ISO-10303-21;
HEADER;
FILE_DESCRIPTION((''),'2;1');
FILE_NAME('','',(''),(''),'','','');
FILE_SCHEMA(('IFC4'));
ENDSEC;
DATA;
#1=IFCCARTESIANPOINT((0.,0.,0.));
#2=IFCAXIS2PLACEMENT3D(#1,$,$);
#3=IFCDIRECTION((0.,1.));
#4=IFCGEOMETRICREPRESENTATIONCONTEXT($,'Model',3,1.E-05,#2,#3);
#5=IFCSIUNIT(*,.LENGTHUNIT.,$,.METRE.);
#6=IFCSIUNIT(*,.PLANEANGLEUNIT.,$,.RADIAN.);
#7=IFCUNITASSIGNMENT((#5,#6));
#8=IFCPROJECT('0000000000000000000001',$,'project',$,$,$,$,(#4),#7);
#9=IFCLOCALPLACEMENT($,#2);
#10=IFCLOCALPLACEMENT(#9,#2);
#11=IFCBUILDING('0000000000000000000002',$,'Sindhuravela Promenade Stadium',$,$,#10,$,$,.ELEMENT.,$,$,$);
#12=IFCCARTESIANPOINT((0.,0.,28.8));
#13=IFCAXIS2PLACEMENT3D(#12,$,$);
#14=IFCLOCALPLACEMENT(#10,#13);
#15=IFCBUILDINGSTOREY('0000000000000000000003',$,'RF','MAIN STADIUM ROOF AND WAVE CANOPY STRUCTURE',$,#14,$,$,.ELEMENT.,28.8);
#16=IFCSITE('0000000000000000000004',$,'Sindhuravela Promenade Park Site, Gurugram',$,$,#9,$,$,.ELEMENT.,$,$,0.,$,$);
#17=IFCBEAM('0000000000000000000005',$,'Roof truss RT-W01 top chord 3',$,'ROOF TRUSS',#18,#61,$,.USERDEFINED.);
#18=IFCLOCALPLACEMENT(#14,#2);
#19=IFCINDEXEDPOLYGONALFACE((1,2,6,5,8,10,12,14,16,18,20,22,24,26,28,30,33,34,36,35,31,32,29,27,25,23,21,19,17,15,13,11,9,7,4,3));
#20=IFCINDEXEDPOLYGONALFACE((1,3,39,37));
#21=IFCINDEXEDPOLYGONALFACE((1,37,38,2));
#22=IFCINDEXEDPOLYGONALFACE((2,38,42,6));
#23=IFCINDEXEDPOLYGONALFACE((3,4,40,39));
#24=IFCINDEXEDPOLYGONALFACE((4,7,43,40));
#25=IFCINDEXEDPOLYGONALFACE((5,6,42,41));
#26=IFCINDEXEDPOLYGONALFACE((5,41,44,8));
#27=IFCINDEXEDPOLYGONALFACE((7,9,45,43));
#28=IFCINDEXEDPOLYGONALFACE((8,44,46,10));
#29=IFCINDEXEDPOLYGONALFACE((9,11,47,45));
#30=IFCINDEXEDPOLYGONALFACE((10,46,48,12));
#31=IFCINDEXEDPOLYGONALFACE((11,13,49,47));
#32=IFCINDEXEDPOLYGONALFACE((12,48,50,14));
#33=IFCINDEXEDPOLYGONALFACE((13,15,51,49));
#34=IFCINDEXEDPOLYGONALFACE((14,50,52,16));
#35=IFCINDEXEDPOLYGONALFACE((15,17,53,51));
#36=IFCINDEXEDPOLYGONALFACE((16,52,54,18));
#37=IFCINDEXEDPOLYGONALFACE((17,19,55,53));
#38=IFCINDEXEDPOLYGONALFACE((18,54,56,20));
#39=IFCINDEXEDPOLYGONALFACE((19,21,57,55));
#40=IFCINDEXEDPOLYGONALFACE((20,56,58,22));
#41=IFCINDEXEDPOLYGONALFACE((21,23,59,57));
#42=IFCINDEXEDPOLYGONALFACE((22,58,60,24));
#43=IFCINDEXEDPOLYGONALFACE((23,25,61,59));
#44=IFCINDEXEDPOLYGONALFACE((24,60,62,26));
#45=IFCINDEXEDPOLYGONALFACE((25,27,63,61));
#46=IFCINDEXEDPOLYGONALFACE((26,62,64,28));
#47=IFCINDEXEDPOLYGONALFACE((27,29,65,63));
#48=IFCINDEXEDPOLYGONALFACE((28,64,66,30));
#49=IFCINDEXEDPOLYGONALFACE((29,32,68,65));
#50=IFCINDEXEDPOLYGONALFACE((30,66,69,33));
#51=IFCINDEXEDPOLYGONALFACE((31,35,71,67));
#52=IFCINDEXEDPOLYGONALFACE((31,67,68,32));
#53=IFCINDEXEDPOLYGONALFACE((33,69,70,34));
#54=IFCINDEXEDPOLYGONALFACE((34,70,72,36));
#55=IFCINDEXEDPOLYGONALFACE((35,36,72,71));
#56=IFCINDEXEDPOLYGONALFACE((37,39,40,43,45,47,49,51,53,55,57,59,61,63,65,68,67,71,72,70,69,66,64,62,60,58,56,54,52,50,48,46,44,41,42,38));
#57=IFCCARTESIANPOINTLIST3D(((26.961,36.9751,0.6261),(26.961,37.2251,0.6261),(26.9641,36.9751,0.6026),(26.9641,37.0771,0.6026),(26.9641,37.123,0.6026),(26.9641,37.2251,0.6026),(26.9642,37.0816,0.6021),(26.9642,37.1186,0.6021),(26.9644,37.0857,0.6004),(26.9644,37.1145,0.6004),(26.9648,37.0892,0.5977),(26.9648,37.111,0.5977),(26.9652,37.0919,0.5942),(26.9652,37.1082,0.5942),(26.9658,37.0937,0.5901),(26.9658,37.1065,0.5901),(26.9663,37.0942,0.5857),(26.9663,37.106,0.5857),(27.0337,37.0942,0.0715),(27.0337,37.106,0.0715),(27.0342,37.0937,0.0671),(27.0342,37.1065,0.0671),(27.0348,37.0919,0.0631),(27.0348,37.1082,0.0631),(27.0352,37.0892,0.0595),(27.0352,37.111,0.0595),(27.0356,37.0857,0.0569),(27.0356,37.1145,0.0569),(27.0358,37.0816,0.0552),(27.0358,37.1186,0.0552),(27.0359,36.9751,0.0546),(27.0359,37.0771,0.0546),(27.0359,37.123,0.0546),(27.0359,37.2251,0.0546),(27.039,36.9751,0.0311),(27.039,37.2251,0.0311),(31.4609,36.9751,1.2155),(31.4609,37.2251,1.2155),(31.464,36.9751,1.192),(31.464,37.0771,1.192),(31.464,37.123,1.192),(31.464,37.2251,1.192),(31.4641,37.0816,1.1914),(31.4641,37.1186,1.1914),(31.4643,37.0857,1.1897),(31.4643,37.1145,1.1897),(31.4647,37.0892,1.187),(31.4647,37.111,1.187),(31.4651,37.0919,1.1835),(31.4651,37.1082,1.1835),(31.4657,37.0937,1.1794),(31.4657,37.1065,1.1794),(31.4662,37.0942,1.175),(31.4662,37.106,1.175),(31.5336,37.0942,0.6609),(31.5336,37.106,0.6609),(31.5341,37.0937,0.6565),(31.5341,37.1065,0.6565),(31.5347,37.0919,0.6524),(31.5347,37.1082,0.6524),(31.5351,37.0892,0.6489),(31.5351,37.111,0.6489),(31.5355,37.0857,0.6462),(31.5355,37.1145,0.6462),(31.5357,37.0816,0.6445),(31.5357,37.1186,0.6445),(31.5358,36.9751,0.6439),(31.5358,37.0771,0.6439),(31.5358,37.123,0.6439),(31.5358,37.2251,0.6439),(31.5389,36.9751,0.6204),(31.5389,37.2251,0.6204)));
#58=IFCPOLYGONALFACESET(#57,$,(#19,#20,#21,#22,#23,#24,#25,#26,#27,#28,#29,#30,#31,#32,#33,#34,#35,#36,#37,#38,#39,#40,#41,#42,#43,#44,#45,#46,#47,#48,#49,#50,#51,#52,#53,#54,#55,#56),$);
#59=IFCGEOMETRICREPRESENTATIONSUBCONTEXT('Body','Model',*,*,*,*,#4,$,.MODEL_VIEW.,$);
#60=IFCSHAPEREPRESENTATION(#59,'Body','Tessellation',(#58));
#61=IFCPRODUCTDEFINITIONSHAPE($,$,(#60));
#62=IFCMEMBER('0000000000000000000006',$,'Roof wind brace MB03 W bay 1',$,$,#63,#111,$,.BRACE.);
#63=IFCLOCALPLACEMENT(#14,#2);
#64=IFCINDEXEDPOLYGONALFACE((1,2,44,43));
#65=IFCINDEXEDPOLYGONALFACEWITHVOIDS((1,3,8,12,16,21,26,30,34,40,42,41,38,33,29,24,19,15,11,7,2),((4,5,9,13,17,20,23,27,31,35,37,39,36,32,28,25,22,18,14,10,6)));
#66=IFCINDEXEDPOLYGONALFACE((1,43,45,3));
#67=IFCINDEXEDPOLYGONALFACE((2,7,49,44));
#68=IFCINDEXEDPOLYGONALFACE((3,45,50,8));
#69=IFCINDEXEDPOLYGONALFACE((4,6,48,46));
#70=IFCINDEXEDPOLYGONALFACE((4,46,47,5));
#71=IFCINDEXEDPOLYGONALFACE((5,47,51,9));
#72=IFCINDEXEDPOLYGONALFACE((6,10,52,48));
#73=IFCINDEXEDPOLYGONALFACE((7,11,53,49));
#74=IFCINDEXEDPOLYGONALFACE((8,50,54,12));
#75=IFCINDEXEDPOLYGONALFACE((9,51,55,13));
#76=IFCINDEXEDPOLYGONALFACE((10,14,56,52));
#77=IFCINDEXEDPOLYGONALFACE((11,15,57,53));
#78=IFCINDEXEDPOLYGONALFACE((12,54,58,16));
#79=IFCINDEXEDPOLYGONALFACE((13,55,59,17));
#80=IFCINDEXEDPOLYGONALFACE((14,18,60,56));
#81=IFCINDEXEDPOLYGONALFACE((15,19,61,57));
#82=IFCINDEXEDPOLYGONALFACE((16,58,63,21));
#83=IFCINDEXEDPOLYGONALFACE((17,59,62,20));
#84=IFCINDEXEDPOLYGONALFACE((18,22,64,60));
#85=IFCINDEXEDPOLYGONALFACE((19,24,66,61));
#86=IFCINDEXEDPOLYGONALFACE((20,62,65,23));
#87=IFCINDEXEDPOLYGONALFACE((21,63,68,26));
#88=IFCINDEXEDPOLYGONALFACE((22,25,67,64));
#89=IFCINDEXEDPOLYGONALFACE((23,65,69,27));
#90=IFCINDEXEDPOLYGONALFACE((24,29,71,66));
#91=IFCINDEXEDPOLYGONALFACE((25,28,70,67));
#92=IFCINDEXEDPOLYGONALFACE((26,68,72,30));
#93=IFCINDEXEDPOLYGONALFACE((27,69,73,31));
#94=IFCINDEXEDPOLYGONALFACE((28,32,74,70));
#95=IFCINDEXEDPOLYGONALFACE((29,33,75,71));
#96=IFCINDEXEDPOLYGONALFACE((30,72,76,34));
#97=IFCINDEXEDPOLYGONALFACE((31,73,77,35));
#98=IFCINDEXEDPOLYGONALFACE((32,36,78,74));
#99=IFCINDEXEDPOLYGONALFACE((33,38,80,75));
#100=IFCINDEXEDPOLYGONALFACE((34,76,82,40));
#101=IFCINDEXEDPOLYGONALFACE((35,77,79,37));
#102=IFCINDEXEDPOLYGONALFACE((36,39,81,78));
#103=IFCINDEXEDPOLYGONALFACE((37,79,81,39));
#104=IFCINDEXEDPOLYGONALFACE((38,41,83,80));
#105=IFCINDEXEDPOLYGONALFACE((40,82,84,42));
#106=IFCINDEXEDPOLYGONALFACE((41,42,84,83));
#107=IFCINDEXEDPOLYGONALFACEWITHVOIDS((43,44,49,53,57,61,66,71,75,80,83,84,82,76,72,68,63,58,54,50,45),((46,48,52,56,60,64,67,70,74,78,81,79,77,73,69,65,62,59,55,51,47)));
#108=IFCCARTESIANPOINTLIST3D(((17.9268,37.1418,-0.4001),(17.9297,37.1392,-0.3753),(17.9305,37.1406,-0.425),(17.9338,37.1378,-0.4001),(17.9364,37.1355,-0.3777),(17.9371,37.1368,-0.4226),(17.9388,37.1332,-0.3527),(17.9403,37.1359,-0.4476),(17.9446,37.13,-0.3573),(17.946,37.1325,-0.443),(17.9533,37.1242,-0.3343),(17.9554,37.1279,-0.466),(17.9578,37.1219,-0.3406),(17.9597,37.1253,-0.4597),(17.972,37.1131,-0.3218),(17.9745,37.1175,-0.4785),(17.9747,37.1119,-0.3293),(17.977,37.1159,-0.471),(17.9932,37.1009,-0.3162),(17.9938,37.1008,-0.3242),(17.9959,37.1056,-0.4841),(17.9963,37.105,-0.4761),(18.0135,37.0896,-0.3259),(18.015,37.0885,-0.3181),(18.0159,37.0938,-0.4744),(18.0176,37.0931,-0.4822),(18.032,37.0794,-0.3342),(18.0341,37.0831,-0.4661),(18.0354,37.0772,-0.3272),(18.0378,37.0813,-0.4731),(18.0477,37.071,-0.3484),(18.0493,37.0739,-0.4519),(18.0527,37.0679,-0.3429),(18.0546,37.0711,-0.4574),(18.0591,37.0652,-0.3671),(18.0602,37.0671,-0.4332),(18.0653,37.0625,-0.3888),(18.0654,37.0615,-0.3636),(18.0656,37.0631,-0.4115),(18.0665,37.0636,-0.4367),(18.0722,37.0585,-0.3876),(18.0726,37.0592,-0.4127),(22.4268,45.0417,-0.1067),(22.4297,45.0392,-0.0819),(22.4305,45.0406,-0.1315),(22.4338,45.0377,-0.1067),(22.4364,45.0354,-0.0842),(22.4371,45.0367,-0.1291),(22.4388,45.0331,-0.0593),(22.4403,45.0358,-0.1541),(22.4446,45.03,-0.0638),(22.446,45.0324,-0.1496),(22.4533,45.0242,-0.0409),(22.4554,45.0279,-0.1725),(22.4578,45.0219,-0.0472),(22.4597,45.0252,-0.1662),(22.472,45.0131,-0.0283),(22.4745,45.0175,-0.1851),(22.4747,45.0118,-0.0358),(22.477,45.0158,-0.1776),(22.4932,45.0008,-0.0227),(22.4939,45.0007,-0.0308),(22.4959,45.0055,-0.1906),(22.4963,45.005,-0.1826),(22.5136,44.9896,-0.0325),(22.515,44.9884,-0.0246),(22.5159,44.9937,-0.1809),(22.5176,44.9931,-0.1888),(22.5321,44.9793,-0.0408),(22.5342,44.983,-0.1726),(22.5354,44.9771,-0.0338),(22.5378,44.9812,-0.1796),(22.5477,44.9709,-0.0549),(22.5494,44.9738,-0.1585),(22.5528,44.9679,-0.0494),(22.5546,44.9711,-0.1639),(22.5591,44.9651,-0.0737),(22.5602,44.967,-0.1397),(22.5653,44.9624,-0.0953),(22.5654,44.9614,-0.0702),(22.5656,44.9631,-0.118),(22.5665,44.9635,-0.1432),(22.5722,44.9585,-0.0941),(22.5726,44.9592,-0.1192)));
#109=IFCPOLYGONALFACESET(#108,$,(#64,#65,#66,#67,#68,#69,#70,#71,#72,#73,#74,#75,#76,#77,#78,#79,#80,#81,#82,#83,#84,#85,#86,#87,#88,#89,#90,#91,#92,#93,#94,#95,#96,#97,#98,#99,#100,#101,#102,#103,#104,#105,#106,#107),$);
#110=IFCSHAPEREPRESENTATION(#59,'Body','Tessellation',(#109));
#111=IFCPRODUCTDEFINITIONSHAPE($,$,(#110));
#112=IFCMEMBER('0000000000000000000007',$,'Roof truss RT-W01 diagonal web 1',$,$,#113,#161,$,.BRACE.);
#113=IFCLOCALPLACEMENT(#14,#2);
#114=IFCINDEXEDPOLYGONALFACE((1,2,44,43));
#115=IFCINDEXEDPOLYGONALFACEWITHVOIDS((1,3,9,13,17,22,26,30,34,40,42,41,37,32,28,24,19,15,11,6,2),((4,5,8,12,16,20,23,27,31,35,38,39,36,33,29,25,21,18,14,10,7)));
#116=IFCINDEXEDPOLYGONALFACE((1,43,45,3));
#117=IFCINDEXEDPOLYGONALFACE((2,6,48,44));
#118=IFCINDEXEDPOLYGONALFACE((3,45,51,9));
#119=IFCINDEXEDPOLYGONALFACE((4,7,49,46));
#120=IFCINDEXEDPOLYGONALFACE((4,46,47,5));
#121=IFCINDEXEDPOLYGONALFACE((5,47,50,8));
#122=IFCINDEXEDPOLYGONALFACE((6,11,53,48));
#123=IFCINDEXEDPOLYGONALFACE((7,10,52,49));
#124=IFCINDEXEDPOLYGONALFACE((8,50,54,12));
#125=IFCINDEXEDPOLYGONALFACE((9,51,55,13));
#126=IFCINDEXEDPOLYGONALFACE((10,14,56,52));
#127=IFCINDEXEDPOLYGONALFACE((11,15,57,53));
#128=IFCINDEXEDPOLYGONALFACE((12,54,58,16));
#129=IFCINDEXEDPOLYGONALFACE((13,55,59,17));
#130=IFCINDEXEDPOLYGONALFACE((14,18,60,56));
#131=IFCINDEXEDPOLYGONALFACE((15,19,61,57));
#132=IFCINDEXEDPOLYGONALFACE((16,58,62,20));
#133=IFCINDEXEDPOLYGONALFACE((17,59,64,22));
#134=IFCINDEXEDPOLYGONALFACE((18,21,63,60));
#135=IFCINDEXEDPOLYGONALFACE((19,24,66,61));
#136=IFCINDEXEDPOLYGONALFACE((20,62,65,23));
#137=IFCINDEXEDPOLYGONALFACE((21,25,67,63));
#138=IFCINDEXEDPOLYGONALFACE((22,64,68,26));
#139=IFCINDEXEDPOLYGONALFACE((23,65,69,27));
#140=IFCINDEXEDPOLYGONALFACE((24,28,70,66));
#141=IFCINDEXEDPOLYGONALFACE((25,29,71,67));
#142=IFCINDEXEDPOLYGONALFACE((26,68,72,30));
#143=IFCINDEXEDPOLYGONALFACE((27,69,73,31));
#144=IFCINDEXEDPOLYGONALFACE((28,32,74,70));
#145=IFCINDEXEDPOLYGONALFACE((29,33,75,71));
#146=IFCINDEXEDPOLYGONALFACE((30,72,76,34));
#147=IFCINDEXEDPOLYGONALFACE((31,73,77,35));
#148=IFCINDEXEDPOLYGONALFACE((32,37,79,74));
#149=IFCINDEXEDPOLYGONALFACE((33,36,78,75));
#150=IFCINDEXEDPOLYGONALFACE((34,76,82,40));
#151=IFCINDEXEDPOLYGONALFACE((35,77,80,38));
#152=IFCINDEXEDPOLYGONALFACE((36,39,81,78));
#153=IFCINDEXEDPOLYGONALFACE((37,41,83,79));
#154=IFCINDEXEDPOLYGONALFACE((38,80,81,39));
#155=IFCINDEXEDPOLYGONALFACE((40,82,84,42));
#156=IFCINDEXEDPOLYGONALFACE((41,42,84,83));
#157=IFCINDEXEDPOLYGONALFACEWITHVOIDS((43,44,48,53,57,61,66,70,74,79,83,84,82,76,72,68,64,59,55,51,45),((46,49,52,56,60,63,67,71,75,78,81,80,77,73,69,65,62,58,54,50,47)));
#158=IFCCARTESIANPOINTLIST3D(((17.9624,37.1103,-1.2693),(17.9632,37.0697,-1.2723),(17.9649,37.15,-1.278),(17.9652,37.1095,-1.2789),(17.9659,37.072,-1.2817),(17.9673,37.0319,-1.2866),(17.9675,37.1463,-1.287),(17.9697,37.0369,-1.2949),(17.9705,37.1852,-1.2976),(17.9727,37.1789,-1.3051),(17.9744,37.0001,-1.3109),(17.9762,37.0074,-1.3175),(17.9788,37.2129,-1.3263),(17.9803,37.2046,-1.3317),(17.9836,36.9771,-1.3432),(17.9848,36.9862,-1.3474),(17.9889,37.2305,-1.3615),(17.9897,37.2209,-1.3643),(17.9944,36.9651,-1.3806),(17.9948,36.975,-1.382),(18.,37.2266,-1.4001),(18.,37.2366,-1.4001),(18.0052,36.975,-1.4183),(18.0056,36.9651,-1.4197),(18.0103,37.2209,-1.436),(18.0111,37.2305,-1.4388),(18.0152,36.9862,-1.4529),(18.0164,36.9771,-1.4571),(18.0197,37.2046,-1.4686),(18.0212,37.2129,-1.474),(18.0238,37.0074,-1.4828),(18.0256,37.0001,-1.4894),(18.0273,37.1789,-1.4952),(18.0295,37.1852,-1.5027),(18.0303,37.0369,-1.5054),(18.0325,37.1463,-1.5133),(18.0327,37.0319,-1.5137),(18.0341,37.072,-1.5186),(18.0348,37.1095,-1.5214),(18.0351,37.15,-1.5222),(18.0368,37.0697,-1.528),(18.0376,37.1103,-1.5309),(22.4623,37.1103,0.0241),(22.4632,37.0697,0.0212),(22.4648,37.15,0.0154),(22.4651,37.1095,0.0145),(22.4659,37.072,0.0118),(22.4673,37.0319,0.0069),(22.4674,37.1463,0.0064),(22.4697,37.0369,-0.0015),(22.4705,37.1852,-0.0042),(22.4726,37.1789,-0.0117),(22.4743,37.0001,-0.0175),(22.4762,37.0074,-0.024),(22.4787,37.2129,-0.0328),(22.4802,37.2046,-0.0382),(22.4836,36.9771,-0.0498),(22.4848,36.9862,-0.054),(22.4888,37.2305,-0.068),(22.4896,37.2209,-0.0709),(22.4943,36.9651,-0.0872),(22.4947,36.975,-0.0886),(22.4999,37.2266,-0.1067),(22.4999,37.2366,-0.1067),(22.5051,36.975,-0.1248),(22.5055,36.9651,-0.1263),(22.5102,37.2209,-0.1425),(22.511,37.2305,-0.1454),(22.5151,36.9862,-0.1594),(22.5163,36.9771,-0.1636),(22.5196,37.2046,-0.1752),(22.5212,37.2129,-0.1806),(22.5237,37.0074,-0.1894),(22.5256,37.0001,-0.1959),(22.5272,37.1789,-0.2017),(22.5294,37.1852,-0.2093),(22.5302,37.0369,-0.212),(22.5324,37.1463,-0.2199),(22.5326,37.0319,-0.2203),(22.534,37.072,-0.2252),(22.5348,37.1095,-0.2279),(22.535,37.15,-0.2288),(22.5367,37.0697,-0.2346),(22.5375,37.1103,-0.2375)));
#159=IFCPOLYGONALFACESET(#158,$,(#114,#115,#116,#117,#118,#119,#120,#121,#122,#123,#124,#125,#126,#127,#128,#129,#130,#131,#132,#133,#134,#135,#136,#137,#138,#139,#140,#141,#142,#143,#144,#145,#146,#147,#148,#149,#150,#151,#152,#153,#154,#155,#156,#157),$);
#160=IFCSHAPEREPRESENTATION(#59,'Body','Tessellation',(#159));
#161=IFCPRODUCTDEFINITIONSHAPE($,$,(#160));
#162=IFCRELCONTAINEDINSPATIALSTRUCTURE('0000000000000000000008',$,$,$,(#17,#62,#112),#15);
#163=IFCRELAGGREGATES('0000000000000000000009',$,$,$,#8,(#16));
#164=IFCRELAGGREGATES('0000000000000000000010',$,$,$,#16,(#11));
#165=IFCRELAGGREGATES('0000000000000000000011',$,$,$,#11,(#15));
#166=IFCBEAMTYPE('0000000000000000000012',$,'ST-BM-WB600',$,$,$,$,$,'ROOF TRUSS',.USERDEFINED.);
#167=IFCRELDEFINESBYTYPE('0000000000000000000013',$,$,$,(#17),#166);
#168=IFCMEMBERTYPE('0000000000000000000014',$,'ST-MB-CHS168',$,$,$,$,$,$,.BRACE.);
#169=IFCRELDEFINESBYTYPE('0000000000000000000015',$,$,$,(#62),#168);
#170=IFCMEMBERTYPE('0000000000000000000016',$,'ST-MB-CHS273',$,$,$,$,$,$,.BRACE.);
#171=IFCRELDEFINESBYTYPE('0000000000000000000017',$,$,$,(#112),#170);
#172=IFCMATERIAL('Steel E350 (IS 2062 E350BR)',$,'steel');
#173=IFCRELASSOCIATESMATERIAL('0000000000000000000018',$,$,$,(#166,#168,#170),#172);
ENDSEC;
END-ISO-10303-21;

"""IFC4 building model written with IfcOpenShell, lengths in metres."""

from ifc_helpers import new_model, si_unit, direction, frame, origin, origin_2d, place, context, subcontext, project, spatial, hollow_circle, i_section, extrude, material, material_profile, profile_set, type_object, element, save


model = new_model("IFC4")

# Units and contexts
model_context = context("Model", 3, precision=1e-05, world=origin(), true_north=direction((0.0, 1.0)))
body_context = subcontext(model_context, "Body", "Model", "MODEL_VIEW")
ifc_project = project(units=[si_unit("LENGTHUNIT", "METRE"), si_unit("PLANEANGLEUNIT", "RADIAN")], contexts=[model_context])

# Site, building, storey
site_placement = place(None, origin())
site = spatial("IfcSite", under=ifc_project, at=site_placement, Name="Sindhuravela Promenade Park Site, Gurugram", CompositionType="ELEMENT", RefElevation=0.0)
building_placement = place(site_placement, origin())
building = spatial("IfcBuilding", under=site, at=building_placement, Name="Sindhuravela Promenade Stadium", CompositionType="ELEMENT")
storey_placement = place(building_placement, frame((0.0, 0.0, 28.8)))
storey = spatial("IfcBuildingStorey", under=building, at=storey_placement, Name="RF", Description="MAIN STADIUM ROOF AND WAVE CANOPY STRUCTURE", CompositionType="ELEMENT", Elevation=28.8)

# Beam
ifc_material_1 = material(Name="Steel E350 (IS 2062 E350BR)", Category="steel")
ifc_material_profile_1 = material_profile(ifc_material_1, i_section(OverallWidth=0.25, OverallDepth=0.6001, WebThickness=0.0117, FlangeThickness=0.0237, FilletRadius=0.0171, at=origin_2d()), Name="ISWB 600")
ifc_profile_set_1 = profile_set([ifc_material_profile_1], Name="Steel E350 (IS 2062 E350BR)")
beam_type = type_object("IfcBeamType", Name="ST-BM-WB600", ElementType="ROOF TRUSS", PredefinedType="USERDEFINED", material=ifc_profile_set_1)
beam_1_placement = place(storey_placement, frame((27.0, 37.1001, 0.3286), z_axis=(0.991532, 0.0, 0.129859), x_axis=(0.0, 1.0, 0.0)))
element("IfcBeam", 1, at=beam_1_placement, inside=storey, type_object=beam_type, Name="Roof truss RT-W01 top chord 3", ObjectType="ROOF TRUSS", PredefinedType="USERDEFINED", context=body_context, shape_type="SweptSolid", body=[
    extrude(i_section(OverallWidth=0.25, OverallDepth=0.6001, WebThickness=0.0117, FlangeThickness=0.0237, FilletRadius=0.0171, at=origin_2d()), origin(), (0.0, 0.0, 1.0), 4.5383),
])

# Members
ifc_material_profile_2 = material_profile(ifc_material_1, hollow_circle(Radius=0.0842, WallThickness=0.0081, at=origin_2d()), Name="CHS 168.3x8")
ifc_profile_set_2 = profile_set([ifc_material_profile_2], Name="Steel E350 (IS 2062 E350BR)")
member_type_1 = type_object("IfcMemberType", Name="ST-MB-CHS168", PredefinedType="BRACE", material=ifc_profile_set_2)
member_1_placement = place(storey_placement, frame((18.0, 37.1001, -0.4001), z_axis=(0.494701, 0.868464, 0.032261), x_axis=(-0.868917, 0.494959, 0.0)))
element("IfcMember", 2, at=member_1_placement, inside=storey, type_object=member_type_1, Name="Roof wind brace MB03 W bay 1", PredefinedType="BRACE", context=body_context, shape_type="SweptSolid", body=[
    extrude(hollow_circle(Radius=0.0842, WallThickness=0.0081, at=origin_2d()), origin(), (0.0, 0.0, 1.0), 9.0964),
])
ifc_material_profile_3 = material_profile(ifc_material_1, hollow_circle(Radius=0.1365, WallThickness=0.01, at=origin_2d()), Name="CHS 273.0x10")
ifc_profile_set_3 = profile_set([ifc_material_profile_3], Name="Steel E350 (IS 2062 E350BR)")
member_type_2 = type_object("IfcMemberType", Name="ST-MB-CHS273", PredefinedType="BRACE", material=ifc_profile_set_3)
for number, where, z_axis, x_axis, name in (
    (3, (18.0, 37.1001, -1.4001), (0.961086, 0.0, 0.27625), (0.0, 1.0, 0.0), "Roof truss RT-W01 diagonal web 1"),
):
    element("IfcMember", number, at=place(storey_placement, frame(where, z_axis=z_axis, x_axis=x_axis)), inside=storey, type_object=member_type_2, Name=name, PredefinedType="BRACE", context=body_context, shape_type="SweptSolid", body=[
        extrude(hollow_circle(Radius=0.1365, WallThickness=0.01, at=origin_2d()), origin(), (0.0, 0.0, 1.0), 4.6821),
    ])

save(model, "model.ifc")
